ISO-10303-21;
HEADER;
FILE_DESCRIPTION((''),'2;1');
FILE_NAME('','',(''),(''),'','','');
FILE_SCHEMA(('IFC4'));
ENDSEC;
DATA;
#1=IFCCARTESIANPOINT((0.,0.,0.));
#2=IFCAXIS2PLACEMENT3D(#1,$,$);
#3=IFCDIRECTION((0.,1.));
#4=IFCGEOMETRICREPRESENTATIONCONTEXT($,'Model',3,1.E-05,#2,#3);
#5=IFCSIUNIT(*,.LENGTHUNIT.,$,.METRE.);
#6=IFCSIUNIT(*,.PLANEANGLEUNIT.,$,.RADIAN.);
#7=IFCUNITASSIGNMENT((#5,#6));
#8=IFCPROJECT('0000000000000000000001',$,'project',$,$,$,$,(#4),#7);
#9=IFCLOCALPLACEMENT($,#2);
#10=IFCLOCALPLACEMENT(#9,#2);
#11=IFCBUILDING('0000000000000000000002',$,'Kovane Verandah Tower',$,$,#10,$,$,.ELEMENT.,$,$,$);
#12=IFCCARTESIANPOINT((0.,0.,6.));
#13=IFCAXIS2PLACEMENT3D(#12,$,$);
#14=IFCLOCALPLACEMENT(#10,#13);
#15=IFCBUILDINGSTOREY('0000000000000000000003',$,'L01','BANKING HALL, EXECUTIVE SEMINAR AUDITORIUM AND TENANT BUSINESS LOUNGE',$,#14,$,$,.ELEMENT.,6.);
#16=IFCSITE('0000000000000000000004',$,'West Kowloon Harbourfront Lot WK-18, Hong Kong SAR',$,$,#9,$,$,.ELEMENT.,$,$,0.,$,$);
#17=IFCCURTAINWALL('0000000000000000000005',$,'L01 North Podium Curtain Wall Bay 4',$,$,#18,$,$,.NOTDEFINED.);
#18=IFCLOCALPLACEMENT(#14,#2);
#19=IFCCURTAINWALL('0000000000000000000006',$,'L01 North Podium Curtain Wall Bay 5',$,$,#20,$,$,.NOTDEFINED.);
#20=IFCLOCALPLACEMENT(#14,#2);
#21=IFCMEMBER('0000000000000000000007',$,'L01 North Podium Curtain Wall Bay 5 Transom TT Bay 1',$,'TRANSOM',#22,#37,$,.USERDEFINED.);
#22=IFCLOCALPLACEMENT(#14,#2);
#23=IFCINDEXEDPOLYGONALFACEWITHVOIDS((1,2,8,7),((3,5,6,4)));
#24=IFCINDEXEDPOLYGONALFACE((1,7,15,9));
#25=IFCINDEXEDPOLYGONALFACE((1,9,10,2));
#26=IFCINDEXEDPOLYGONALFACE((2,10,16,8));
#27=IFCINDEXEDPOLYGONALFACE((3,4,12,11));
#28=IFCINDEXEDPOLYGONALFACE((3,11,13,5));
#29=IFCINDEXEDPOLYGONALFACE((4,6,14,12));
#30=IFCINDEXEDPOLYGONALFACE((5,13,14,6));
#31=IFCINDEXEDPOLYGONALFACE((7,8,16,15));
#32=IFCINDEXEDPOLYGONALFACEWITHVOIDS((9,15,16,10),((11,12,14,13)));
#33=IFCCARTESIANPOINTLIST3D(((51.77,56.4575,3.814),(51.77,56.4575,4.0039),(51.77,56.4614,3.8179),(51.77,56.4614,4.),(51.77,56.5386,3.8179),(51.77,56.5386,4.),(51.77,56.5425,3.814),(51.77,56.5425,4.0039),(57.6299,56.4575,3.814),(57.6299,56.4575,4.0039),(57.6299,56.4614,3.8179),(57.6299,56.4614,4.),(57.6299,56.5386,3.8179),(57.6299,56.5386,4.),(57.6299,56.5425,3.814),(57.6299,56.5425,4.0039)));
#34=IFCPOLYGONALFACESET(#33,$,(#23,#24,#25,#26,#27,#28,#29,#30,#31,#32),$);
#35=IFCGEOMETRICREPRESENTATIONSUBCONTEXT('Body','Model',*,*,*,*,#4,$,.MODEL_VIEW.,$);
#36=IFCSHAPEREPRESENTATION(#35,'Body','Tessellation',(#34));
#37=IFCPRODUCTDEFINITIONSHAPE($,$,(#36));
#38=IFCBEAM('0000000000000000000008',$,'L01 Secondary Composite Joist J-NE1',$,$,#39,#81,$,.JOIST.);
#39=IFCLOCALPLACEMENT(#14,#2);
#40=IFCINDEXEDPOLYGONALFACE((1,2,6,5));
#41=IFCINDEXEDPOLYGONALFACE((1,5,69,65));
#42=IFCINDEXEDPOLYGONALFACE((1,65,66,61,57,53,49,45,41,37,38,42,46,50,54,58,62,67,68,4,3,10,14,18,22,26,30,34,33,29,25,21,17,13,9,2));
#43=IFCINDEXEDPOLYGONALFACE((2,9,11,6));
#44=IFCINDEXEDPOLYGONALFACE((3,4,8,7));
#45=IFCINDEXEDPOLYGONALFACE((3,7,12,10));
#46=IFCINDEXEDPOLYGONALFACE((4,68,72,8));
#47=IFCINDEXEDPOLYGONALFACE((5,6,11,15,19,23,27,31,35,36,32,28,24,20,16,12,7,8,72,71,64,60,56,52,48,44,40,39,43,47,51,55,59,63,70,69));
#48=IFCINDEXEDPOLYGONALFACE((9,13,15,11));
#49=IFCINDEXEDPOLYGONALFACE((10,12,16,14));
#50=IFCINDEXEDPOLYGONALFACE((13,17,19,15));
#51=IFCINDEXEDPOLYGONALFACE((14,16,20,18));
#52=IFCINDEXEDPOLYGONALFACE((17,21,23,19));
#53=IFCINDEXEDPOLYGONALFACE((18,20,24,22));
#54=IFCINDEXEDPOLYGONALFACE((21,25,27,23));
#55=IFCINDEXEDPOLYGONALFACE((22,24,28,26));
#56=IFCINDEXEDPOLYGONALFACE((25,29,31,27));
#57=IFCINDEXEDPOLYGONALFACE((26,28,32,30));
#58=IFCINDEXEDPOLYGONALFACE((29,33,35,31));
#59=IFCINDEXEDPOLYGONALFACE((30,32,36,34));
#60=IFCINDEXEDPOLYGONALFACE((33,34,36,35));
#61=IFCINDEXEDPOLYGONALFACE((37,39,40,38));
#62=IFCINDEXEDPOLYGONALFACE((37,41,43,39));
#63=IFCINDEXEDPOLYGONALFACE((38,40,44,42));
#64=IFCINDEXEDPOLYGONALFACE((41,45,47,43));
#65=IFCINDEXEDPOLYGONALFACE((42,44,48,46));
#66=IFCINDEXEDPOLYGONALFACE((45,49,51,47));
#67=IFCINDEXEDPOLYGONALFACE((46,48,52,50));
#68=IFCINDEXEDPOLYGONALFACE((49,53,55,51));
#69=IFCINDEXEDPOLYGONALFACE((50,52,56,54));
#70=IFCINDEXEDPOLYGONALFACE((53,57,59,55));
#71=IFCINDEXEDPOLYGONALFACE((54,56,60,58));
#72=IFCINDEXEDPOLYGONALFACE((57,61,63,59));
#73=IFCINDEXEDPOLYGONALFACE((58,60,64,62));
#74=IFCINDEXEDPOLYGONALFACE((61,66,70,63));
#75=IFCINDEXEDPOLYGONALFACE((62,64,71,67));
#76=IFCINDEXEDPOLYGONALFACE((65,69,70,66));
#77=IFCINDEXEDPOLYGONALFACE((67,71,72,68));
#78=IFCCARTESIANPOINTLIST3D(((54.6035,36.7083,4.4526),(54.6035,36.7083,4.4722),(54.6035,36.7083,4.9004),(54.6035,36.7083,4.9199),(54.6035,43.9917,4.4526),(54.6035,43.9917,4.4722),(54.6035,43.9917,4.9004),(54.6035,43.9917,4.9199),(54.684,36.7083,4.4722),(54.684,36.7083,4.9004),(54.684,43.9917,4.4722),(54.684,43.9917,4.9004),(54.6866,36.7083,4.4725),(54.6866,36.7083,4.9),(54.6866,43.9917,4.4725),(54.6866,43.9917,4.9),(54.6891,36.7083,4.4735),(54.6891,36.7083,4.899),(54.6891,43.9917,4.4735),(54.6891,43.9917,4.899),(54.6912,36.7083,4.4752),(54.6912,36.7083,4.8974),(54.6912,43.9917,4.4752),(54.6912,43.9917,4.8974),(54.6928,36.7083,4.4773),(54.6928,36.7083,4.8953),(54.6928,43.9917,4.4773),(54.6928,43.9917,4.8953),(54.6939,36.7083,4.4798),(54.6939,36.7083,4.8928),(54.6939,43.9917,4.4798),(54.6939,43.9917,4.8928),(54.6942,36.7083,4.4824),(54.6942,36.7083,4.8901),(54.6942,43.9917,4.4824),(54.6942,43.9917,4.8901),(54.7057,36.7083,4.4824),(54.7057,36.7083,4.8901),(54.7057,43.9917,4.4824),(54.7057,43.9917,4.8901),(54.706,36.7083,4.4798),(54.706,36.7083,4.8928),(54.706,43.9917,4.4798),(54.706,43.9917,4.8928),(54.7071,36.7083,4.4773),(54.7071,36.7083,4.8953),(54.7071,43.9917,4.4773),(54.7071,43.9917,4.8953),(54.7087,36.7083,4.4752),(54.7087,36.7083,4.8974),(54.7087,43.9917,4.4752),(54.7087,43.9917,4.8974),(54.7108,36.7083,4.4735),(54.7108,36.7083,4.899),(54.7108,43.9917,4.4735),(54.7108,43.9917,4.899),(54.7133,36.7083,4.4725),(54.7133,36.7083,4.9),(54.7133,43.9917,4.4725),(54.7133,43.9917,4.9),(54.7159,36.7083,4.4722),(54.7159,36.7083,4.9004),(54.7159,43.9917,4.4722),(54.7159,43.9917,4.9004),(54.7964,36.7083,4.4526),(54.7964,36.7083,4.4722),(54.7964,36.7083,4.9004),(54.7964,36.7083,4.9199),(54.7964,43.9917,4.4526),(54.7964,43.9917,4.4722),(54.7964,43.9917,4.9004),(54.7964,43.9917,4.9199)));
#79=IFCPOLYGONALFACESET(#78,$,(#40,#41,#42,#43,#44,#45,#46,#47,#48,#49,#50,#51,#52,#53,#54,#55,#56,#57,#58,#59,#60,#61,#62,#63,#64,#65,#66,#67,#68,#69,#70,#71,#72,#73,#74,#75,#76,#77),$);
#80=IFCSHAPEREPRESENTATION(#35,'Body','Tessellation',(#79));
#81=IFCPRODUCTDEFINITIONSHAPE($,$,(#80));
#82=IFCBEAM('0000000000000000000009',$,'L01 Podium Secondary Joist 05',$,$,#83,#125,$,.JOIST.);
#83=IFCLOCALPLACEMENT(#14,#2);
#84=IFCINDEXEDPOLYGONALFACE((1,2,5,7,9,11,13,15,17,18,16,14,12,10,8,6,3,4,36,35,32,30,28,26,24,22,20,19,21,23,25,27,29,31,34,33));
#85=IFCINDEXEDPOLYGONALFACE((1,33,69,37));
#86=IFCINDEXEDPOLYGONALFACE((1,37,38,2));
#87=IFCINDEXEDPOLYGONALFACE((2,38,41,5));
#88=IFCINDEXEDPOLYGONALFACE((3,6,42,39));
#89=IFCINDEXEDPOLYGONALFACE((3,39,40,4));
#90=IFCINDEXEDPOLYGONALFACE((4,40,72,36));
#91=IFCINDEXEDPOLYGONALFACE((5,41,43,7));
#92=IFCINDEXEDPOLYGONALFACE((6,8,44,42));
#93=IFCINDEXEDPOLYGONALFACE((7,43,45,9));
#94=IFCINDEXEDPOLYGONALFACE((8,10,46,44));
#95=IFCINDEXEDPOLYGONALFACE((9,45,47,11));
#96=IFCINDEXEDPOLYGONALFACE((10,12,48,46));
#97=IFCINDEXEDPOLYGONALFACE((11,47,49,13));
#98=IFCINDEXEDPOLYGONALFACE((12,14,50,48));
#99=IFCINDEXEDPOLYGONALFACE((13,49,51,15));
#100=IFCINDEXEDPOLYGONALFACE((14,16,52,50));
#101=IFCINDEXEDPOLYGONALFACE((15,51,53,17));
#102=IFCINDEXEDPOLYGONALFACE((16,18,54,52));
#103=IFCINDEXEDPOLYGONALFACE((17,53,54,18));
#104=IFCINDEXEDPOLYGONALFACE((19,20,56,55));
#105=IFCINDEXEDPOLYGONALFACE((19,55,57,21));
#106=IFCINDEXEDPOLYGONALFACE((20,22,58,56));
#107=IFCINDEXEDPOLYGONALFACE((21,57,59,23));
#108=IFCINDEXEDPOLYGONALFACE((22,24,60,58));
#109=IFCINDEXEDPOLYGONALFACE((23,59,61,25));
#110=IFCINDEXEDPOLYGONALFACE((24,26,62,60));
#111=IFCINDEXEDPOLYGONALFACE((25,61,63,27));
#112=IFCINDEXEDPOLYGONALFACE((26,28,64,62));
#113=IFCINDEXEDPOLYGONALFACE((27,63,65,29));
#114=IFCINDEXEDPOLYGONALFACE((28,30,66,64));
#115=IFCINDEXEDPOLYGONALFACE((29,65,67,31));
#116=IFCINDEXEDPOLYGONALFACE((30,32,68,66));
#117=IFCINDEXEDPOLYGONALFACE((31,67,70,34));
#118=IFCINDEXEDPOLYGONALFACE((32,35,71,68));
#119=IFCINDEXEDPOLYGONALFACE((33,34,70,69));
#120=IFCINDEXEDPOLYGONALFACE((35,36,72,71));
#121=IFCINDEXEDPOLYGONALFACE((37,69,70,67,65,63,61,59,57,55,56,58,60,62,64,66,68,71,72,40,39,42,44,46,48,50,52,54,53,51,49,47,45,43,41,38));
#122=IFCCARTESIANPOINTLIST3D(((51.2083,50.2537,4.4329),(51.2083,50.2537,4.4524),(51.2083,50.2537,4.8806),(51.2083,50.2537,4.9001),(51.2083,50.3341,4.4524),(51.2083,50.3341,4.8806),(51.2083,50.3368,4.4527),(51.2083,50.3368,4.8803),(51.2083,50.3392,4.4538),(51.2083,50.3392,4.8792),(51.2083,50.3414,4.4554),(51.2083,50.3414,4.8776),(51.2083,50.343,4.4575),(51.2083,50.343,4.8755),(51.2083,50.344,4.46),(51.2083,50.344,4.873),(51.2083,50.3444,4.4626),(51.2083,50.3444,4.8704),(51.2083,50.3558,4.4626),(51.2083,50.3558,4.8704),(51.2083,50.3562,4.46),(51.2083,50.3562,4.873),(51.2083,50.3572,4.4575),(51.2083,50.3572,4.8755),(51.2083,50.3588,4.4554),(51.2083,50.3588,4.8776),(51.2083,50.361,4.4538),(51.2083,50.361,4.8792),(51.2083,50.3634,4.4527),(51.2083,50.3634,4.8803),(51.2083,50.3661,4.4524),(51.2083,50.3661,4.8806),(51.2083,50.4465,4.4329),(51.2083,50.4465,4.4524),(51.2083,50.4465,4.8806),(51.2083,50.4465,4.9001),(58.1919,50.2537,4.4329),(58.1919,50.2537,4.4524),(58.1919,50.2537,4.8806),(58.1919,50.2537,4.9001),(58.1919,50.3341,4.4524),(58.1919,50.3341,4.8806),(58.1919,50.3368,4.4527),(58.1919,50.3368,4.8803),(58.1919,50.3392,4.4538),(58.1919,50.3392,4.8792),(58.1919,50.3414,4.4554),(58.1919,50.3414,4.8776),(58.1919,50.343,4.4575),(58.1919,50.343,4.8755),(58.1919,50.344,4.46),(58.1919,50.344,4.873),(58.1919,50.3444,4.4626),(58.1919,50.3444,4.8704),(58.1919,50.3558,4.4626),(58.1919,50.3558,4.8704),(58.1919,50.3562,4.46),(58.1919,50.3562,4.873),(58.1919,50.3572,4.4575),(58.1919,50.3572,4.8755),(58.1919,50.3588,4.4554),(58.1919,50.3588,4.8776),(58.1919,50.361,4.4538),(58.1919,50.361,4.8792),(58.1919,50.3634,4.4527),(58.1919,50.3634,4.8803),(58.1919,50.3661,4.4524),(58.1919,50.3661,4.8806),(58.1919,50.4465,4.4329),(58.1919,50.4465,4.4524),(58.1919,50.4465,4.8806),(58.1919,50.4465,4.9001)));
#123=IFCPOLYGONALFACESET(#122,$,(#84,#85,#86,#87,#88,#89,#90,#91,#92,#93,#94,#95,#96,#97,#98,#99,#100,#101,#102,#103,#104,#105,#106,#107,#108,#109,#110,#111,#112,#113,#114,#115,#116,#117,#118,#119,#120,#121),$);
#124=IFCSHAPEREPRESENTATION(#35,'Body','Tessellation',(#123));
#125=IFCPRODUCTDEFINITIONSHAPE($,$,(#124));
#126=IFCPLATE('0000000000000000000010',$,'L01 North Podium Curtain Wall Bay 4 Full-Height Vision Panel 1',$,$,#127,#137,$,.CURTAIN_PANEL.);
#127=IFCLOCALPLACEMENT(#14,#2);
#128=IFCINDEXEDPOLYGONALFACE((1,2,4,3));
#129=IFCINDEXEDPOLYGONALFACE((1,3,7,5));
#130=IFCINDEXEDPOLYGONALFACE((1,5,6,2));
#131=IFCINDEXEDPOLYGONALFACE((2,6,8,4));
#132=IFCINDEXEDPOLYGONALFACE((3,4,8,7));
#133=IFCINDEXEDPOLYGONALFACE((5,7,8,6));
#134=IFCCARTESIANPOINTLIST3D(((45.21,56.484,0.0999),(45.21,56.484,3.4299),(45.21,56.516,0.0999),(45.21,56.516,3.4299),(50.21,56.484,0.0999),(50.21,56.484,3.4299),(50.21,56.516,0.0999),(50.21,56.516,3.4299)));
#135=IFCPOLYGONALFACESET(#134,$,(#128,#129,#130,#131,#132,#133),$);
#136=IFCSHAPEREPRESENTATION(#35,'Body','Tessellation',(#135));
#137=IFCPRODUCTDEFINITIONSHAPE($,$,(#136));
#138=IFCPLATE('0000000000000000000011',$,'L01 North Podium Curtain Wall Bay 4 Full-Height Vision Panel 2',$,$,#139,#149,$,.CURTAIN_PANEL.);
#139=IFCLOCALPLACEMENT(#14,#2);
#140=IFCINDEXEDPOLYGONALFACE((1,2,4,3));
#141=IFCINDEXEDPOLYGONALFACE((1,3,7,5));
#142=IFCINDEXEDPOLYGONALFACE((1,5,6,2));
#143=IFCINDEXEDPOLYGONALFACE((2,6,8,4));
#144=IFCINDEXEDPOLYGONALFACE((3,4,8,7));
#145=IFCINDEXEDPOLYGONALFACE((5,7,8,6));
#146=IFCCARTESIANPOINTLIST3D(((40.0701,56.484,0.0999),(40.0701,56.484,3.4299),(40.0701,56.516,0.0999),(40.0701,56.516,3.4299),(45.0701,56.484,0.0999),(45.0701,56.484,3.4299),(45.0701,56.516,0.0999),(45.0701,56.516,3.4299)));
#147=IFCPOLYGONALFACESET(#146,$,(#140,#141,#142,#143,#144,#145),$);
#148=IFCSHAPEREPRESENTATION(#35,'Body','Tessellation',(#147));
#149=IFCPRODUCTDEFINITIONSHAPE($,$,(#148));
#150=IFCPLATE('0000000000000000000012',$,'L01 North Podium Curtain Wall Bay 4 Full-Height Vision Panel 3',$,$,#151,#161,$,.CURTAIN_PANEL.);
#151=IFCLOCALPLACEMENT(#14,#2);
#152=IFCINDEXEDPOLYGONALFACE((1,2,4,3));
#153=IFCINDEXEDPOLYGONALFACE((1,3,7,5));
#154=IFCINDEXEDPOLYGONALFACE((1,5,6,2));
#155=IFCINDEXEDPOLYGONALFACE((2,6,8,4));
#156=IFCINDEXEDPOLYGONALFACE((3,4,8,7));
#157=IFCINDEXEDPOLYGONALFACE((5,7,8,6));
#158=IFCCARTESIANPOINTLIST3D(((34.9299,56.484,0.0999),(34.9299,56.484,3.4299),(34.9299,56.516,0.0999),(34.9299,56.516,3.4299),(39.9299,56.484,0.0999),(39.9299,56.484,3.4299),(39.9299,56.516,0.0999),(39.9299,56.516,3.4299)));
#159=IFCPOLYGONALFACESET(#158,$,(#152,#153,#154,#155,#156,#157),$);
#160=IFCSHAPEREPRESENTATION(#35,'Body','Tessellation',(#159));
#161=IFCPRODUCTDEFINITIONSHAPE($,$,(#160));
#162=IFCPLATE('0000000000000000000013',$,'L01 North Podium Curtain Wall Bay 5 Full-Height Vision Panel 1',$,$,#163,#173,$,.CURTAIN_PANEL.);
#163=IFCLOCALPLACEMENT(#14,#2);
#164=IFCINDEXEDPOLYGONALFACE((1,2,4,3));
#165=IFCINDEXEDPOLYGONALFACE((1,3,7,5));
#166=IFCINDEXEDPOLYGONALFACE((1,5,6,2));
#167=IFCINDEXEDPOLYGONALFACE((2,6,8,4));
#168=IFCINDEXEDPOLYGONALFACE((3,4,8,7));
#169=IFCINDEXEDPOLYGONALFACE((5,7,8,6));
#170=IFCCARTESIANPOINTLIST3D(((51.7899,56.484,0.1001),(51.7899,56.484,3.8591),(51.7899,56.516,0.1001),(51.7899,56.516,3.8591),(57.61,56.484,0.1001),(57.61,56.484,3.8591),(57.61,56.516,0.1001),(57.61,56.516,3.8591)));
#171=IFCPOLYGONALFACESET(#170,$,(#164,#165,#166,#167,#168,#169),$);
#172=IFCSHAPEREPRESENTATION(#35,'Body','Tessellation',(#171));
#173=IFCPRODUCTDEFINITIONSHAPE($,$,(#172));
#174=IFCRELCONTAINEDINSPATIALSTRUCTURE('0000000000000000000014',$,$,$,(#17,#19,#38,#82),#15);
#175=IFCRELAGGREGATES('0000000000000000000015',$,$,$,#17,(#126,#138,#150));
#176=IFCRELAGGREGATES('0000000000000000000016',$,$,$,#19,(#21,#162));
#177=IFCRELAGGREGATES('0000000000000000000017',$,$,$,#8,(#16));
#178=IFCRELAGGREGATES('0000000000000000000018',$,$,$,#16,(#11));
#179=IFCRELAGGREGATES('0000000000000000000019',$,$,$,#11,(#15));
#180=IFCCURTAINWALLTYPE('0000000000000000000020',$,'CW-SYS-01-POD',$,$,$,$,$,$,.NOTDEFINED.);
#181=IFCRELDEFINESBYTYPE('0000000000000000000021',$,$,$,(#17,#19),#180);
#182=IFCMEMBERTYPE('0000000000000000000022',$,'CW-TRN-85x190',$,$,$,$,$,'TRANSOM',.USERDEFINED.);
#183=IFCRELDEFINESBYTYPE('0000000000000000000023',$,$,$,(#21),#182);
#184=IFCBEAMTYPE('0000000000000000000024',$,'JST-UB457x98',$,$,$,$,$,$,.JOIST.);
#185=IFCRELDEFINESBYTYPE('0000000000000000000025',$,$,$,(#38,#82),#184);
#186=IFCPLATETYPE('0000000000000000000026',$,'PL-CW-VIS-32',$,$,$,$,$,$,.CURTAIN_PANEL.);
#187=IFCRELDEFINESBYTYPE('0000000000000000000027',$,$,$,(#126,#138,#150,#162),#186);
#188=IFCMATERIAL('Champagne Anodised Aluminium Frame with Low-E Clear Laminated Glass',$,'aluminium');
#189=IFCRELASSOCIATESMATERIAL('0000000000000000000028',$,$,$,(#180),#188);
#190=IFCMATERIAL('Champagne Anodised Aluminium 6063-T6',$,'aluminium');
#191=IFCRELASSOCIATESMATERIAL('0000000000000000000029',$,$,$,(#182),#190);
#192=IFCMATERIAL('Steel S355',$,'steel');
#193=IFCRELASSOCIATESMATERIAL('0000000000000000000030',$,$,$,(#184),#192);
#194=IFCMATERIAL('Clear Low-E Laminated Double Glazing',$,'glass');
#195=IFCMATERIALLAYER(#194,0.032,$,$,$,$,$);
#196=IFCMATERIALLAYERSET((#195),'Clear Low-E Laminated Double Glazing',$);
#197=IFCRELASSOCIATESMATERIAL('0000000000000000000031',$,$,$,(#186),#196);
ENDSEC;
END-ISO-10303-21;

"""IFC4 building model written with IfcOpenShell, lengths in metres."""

from ifc_helpers import new_model, si_unit, direction, frame, origin, origin_2d, place, context, subcontext, project, spatial, rectangle, hollow_rectangle, i_section, extrude, material, layer, layer_set, material_profile, profile_set, type_object, element, aggregate, save


model = new_model("IFC4")

# Units and contexts
model_context = context("Model", 3, precision=1e-05, world=origin(), true_north=direction((0.0, 1.0)))
body_context = subcontext(model_context, "Body", "Model", "MODEL_VIEW")
ifc_project = project(units=[si_unit("LENGTHUNIT", "METRE"), si_unit("PLANEANGLEUNIT", "RADIAN")], contexts=[model_context])

# Site, building, storey
site_placement = place(None, origin())
site = spatial("IfcSite", under=ifc_project, at=site_placement, Name="West Kowloon Harbourfront Lot WK-18, Hong Kong SAR", CompositionType="ELEMENT", RefElevation=0.0)
building_placement = place(site_placement, origin())
building = spatial("IfcBuilding", under=site, at=building_placement, Name="Kovane Verandah Tower", CompositionType="ELEMENT")
storey_placement = place(building_placement, frame((0.0, 0.0, 6.0)))
storey = spatial("IfcBuildingStorey", under=building, at=storey_placement, Name="L01", Description="BANKING HALL, EXECUTIVE SEMINAR AUDITORIUM AND TENANT BUSINESS LOUNGE", CompositionType="ELEMENT", Elevation=6.0)

# Curtain walls
ifc_material_1 = material(Name="Champagne Anodised Aluminium Frame with Low-E Clear Laminated Glass", Category="aluminium")
curtain_wall_type = type_object("IfcCurtainWallType", Name="CW-SYS-01-POD", PredefinedType="NOTDEFINED", material=ifc_material_1)
curtain_wall_1_placement = place(storey_placement, origin())
curtain_wall_1 = element("IfcCurtainWall", 1, at=curtain_wall_1_placement, inside=storey, type_object=curtain_wall_type, Name="L01 North Podium Curtain Wall Bay 4", PredefinedType="NOTDEFINED")
ifc_material_2 = material(Name="Champagne Anodised Aluminium 6063-T6", Category="aluminium")
curtain_wall_2_placement = place(storey_placement, origin())
curtain_wall_2 = element("IfcCurtainWall", 2, at=curtain_wall_2_placement, inside=storey, type_object=curtain_wall_type, Name="L01 North Podium Curtain Wall Bay 5", PredefinedType="NOTDEFINED")

# Member
ifc_material_profile_1 = material_profile(ifc_material_2, hollow_rectangle(XDim=0.085, YDim=0.1899, WallThickness=0.0039, at=origin_2d()), Name="AL85x190x4")
ifc_profile_set_1 = profile_set([ifc_material_profile_1], Name="Champagne Anodised Aluminium 6063-T6")
member_type_1 = type_object("IfcMemberType", Name="CW-TRN-85x190", ElementType="TRANSOM", PredefinedType="USERDEFINED", material=ifc_profile_set_1)
member_1_placement = place(storey_placement, frame((57.6299, 56.5, 3.9089), z_axis=(-1.0, 0.0, 0.0), x_axis=(0.0, -1.0, 0.0)))
member_1 = element("IfcMember", 3, at=member_1_placement, type_object=member_type_1, Name="L01 North Podium Curtain Wall Bay 5 Transom TT Bay 1", ObjectType="TRANSOM", PredefinedType="USERDEFINED", context=body_context, shape_type="SweptSolid", body=[
    extrude(hollow_rectangle(XDim=0.085, YDim=0.1899, WallThickness=0.0039, at=origin_2d()), origin(), (0.0, 0.0, 1.0), 5.8599),
])

# Beams
ifc_material_3 = material(Name="Steel S355", Category="steel")
ifc_material_profile_2 = material_profile(ifc_material_3, i_section(OverallWidth=0.1929, OverallDepth=0.4673, WebThickness=0.0115, FlangeThickness=0.0195, FilletRadius=0.0103, at=origin_2d()), Name="UB457x191x98")
ifc_profile_set_2 = profile_set([ifc_material_profile_2], Name="Steel S355")
beam_type_1 = type_object("IfcBeamType", Name="JST-UB457x98", PredefinedType="JOIST", material=ifc_profile_set_2)
beam_1_placement = place(storey_placement, frame((54.7, 36.7083, 4.6863), z_axis=(0.0, 1.0, 0.0), x_axis=(-1.0, 0.0, 0.0)))
element("IfcBeam", 4, at=beam_1_placement, inside=storey, type_object=beam_type_1, Name="L01 Secondary Composite Joist J-NE1", PredefinedType="JOIST", context=body_context, shape_type="SweptSolid", body=[
    extrude(i_section(OverallWidth=0.1929, OverallDepth=0.4673, WebThickness=0.0115, FlangeThickness=0.0195, FilletRadius=0.0103, at=origin_2d()), origin(), (0.0, 0.0, 1.0), 7.2834),
])
beam_2_placement = place(storey_placement, frame((51.2083, 50.3501, 4.6665), z_axis=(1.0, 0.0, 0.0), x_axis=(0.0, 1.0, 0.0)))
element("IfcBeam", 5, at=beam_2_placement, inside=storey, type_object=beam_type_1, Name="L01 Podium Secondary Joist 05", PredefinedType="JOIST", context=body_context, shape_type="SweptSolid", body=[
    extrude(i_section(OverallWidth=0.1929, OverallDepth=0.4673, WebThickness=0.0115, FlangeThickness=0.0195, FilletRadius=0.0103, at=origin_2d()), origin(), (0.0, 0.0, 1.0), 6.9836),
])

# Plates
ifc_material_4 = material(Name="Clear Low-E Laminated Double Glazing", Category="glass")
ifc_layer_1 = layer(ifc_material_4, 0.032)
ifc_layer_set_1 = layer_set([ifc_layer_1], Name="Clear Low-E Laminated Double Glazing")
plate_type = type_object("IfcPlateType", Name="PL-CW-VIS-32", PredefinedType="CURTAIN_PANEL", material=ifc_layer_set_1)
plate_1_placement = place(storey_placement, frame((47.71, 56.5, 0.0999), z_axis=(0.0, 0.0, 1.0), x_axis=(-1.0, 0.0, 0.0)))
plate_1 = element("IfcPlate", 6, at=plate_1_placement, type_object=plate_type, Name="L01 North Podium Curtain Wall Bay 4 Full-Height Vision Panel 1", PredefinedType="CURTAIN_PANEL", context=body_context, shape_type="SweptSolid", body=[
    extrude(rectangle(XDim=5.0, YDim=0.032, at=origin_2d()), origin(), (0.0, 0.0, 1.0), 3.3301),
])
plate_2_placement = place(storey_placement, frame((42.5701, 56.5, 0.0999), z_axis=(0.0, 0.0, 1.0), x_axis=(-1.0, 0.0, 0.0)))
plate_2 = element("IfcPlate", 7, at=plate_2_placement, type_object=plate_type, Name="L01 North Podium Curtain Wall Bay 4 Full-Height Vision Panel 2", PredefinedType="CURTAIN_PANEL", context=body_context, shape_type="SweptSolid", body=[
    extrude(rectangle(XDim=5.0, YDim=0.032, at=origin_2d()), origin(), (0.0, 0.0, 1.0), 3.3301),
])
plate_3_placement = place(storey_placement, frame((37.4299, 56.5, 0.0999), z_axis=(0.0, 0.0, 1.0), x_axis=(-1.0, 0.0, 0.0)))
plate_3 = element("IfcPlate", 8, at=plate_3_placement, type_object=plate_type, Name="L01 North Podium Curtain Wall Bay 4 Full-Height Vision Panel 3", PredefinedType="CURTAIN_PANEL", context=body_context, shape_type="SweptSolid", body=[
    extrude(rectangle(XDim=5.0, YDim=0.032, at=origin_2d()), origin(), (0.0, 0.0, 1.0), 3.3301),
])
aggregate(curtain_wall_1, [plate_1, plate_2, plate_3])
plate_4_placement = place(storey_placement, frame((54.7, 56.5, 0.1001), z_axis=(0.0, 0.0, 1.0), x_axis=(-1.0, 0.0, 0.0)))
plate_4 = element("IfcPlate", 9, at=plate_4_placement, type_object=plate_type, Name="L01 North Podium Curtain Wall Bay 5 Full-Height Vision Panel 1", PredefinedType="CURTAIN_PANEL", context=body_context, shape_type="SweptSolid", body=[
    extrude(rectangle(XDim=5.8201, YDim=0.032, at=origin_2d()), origin(), (0.0, 0.0, 1.0), 3.759),
])
aggregate(curtain_wall_2, [member_1, plate_4])

save(model, "model.ifc")
